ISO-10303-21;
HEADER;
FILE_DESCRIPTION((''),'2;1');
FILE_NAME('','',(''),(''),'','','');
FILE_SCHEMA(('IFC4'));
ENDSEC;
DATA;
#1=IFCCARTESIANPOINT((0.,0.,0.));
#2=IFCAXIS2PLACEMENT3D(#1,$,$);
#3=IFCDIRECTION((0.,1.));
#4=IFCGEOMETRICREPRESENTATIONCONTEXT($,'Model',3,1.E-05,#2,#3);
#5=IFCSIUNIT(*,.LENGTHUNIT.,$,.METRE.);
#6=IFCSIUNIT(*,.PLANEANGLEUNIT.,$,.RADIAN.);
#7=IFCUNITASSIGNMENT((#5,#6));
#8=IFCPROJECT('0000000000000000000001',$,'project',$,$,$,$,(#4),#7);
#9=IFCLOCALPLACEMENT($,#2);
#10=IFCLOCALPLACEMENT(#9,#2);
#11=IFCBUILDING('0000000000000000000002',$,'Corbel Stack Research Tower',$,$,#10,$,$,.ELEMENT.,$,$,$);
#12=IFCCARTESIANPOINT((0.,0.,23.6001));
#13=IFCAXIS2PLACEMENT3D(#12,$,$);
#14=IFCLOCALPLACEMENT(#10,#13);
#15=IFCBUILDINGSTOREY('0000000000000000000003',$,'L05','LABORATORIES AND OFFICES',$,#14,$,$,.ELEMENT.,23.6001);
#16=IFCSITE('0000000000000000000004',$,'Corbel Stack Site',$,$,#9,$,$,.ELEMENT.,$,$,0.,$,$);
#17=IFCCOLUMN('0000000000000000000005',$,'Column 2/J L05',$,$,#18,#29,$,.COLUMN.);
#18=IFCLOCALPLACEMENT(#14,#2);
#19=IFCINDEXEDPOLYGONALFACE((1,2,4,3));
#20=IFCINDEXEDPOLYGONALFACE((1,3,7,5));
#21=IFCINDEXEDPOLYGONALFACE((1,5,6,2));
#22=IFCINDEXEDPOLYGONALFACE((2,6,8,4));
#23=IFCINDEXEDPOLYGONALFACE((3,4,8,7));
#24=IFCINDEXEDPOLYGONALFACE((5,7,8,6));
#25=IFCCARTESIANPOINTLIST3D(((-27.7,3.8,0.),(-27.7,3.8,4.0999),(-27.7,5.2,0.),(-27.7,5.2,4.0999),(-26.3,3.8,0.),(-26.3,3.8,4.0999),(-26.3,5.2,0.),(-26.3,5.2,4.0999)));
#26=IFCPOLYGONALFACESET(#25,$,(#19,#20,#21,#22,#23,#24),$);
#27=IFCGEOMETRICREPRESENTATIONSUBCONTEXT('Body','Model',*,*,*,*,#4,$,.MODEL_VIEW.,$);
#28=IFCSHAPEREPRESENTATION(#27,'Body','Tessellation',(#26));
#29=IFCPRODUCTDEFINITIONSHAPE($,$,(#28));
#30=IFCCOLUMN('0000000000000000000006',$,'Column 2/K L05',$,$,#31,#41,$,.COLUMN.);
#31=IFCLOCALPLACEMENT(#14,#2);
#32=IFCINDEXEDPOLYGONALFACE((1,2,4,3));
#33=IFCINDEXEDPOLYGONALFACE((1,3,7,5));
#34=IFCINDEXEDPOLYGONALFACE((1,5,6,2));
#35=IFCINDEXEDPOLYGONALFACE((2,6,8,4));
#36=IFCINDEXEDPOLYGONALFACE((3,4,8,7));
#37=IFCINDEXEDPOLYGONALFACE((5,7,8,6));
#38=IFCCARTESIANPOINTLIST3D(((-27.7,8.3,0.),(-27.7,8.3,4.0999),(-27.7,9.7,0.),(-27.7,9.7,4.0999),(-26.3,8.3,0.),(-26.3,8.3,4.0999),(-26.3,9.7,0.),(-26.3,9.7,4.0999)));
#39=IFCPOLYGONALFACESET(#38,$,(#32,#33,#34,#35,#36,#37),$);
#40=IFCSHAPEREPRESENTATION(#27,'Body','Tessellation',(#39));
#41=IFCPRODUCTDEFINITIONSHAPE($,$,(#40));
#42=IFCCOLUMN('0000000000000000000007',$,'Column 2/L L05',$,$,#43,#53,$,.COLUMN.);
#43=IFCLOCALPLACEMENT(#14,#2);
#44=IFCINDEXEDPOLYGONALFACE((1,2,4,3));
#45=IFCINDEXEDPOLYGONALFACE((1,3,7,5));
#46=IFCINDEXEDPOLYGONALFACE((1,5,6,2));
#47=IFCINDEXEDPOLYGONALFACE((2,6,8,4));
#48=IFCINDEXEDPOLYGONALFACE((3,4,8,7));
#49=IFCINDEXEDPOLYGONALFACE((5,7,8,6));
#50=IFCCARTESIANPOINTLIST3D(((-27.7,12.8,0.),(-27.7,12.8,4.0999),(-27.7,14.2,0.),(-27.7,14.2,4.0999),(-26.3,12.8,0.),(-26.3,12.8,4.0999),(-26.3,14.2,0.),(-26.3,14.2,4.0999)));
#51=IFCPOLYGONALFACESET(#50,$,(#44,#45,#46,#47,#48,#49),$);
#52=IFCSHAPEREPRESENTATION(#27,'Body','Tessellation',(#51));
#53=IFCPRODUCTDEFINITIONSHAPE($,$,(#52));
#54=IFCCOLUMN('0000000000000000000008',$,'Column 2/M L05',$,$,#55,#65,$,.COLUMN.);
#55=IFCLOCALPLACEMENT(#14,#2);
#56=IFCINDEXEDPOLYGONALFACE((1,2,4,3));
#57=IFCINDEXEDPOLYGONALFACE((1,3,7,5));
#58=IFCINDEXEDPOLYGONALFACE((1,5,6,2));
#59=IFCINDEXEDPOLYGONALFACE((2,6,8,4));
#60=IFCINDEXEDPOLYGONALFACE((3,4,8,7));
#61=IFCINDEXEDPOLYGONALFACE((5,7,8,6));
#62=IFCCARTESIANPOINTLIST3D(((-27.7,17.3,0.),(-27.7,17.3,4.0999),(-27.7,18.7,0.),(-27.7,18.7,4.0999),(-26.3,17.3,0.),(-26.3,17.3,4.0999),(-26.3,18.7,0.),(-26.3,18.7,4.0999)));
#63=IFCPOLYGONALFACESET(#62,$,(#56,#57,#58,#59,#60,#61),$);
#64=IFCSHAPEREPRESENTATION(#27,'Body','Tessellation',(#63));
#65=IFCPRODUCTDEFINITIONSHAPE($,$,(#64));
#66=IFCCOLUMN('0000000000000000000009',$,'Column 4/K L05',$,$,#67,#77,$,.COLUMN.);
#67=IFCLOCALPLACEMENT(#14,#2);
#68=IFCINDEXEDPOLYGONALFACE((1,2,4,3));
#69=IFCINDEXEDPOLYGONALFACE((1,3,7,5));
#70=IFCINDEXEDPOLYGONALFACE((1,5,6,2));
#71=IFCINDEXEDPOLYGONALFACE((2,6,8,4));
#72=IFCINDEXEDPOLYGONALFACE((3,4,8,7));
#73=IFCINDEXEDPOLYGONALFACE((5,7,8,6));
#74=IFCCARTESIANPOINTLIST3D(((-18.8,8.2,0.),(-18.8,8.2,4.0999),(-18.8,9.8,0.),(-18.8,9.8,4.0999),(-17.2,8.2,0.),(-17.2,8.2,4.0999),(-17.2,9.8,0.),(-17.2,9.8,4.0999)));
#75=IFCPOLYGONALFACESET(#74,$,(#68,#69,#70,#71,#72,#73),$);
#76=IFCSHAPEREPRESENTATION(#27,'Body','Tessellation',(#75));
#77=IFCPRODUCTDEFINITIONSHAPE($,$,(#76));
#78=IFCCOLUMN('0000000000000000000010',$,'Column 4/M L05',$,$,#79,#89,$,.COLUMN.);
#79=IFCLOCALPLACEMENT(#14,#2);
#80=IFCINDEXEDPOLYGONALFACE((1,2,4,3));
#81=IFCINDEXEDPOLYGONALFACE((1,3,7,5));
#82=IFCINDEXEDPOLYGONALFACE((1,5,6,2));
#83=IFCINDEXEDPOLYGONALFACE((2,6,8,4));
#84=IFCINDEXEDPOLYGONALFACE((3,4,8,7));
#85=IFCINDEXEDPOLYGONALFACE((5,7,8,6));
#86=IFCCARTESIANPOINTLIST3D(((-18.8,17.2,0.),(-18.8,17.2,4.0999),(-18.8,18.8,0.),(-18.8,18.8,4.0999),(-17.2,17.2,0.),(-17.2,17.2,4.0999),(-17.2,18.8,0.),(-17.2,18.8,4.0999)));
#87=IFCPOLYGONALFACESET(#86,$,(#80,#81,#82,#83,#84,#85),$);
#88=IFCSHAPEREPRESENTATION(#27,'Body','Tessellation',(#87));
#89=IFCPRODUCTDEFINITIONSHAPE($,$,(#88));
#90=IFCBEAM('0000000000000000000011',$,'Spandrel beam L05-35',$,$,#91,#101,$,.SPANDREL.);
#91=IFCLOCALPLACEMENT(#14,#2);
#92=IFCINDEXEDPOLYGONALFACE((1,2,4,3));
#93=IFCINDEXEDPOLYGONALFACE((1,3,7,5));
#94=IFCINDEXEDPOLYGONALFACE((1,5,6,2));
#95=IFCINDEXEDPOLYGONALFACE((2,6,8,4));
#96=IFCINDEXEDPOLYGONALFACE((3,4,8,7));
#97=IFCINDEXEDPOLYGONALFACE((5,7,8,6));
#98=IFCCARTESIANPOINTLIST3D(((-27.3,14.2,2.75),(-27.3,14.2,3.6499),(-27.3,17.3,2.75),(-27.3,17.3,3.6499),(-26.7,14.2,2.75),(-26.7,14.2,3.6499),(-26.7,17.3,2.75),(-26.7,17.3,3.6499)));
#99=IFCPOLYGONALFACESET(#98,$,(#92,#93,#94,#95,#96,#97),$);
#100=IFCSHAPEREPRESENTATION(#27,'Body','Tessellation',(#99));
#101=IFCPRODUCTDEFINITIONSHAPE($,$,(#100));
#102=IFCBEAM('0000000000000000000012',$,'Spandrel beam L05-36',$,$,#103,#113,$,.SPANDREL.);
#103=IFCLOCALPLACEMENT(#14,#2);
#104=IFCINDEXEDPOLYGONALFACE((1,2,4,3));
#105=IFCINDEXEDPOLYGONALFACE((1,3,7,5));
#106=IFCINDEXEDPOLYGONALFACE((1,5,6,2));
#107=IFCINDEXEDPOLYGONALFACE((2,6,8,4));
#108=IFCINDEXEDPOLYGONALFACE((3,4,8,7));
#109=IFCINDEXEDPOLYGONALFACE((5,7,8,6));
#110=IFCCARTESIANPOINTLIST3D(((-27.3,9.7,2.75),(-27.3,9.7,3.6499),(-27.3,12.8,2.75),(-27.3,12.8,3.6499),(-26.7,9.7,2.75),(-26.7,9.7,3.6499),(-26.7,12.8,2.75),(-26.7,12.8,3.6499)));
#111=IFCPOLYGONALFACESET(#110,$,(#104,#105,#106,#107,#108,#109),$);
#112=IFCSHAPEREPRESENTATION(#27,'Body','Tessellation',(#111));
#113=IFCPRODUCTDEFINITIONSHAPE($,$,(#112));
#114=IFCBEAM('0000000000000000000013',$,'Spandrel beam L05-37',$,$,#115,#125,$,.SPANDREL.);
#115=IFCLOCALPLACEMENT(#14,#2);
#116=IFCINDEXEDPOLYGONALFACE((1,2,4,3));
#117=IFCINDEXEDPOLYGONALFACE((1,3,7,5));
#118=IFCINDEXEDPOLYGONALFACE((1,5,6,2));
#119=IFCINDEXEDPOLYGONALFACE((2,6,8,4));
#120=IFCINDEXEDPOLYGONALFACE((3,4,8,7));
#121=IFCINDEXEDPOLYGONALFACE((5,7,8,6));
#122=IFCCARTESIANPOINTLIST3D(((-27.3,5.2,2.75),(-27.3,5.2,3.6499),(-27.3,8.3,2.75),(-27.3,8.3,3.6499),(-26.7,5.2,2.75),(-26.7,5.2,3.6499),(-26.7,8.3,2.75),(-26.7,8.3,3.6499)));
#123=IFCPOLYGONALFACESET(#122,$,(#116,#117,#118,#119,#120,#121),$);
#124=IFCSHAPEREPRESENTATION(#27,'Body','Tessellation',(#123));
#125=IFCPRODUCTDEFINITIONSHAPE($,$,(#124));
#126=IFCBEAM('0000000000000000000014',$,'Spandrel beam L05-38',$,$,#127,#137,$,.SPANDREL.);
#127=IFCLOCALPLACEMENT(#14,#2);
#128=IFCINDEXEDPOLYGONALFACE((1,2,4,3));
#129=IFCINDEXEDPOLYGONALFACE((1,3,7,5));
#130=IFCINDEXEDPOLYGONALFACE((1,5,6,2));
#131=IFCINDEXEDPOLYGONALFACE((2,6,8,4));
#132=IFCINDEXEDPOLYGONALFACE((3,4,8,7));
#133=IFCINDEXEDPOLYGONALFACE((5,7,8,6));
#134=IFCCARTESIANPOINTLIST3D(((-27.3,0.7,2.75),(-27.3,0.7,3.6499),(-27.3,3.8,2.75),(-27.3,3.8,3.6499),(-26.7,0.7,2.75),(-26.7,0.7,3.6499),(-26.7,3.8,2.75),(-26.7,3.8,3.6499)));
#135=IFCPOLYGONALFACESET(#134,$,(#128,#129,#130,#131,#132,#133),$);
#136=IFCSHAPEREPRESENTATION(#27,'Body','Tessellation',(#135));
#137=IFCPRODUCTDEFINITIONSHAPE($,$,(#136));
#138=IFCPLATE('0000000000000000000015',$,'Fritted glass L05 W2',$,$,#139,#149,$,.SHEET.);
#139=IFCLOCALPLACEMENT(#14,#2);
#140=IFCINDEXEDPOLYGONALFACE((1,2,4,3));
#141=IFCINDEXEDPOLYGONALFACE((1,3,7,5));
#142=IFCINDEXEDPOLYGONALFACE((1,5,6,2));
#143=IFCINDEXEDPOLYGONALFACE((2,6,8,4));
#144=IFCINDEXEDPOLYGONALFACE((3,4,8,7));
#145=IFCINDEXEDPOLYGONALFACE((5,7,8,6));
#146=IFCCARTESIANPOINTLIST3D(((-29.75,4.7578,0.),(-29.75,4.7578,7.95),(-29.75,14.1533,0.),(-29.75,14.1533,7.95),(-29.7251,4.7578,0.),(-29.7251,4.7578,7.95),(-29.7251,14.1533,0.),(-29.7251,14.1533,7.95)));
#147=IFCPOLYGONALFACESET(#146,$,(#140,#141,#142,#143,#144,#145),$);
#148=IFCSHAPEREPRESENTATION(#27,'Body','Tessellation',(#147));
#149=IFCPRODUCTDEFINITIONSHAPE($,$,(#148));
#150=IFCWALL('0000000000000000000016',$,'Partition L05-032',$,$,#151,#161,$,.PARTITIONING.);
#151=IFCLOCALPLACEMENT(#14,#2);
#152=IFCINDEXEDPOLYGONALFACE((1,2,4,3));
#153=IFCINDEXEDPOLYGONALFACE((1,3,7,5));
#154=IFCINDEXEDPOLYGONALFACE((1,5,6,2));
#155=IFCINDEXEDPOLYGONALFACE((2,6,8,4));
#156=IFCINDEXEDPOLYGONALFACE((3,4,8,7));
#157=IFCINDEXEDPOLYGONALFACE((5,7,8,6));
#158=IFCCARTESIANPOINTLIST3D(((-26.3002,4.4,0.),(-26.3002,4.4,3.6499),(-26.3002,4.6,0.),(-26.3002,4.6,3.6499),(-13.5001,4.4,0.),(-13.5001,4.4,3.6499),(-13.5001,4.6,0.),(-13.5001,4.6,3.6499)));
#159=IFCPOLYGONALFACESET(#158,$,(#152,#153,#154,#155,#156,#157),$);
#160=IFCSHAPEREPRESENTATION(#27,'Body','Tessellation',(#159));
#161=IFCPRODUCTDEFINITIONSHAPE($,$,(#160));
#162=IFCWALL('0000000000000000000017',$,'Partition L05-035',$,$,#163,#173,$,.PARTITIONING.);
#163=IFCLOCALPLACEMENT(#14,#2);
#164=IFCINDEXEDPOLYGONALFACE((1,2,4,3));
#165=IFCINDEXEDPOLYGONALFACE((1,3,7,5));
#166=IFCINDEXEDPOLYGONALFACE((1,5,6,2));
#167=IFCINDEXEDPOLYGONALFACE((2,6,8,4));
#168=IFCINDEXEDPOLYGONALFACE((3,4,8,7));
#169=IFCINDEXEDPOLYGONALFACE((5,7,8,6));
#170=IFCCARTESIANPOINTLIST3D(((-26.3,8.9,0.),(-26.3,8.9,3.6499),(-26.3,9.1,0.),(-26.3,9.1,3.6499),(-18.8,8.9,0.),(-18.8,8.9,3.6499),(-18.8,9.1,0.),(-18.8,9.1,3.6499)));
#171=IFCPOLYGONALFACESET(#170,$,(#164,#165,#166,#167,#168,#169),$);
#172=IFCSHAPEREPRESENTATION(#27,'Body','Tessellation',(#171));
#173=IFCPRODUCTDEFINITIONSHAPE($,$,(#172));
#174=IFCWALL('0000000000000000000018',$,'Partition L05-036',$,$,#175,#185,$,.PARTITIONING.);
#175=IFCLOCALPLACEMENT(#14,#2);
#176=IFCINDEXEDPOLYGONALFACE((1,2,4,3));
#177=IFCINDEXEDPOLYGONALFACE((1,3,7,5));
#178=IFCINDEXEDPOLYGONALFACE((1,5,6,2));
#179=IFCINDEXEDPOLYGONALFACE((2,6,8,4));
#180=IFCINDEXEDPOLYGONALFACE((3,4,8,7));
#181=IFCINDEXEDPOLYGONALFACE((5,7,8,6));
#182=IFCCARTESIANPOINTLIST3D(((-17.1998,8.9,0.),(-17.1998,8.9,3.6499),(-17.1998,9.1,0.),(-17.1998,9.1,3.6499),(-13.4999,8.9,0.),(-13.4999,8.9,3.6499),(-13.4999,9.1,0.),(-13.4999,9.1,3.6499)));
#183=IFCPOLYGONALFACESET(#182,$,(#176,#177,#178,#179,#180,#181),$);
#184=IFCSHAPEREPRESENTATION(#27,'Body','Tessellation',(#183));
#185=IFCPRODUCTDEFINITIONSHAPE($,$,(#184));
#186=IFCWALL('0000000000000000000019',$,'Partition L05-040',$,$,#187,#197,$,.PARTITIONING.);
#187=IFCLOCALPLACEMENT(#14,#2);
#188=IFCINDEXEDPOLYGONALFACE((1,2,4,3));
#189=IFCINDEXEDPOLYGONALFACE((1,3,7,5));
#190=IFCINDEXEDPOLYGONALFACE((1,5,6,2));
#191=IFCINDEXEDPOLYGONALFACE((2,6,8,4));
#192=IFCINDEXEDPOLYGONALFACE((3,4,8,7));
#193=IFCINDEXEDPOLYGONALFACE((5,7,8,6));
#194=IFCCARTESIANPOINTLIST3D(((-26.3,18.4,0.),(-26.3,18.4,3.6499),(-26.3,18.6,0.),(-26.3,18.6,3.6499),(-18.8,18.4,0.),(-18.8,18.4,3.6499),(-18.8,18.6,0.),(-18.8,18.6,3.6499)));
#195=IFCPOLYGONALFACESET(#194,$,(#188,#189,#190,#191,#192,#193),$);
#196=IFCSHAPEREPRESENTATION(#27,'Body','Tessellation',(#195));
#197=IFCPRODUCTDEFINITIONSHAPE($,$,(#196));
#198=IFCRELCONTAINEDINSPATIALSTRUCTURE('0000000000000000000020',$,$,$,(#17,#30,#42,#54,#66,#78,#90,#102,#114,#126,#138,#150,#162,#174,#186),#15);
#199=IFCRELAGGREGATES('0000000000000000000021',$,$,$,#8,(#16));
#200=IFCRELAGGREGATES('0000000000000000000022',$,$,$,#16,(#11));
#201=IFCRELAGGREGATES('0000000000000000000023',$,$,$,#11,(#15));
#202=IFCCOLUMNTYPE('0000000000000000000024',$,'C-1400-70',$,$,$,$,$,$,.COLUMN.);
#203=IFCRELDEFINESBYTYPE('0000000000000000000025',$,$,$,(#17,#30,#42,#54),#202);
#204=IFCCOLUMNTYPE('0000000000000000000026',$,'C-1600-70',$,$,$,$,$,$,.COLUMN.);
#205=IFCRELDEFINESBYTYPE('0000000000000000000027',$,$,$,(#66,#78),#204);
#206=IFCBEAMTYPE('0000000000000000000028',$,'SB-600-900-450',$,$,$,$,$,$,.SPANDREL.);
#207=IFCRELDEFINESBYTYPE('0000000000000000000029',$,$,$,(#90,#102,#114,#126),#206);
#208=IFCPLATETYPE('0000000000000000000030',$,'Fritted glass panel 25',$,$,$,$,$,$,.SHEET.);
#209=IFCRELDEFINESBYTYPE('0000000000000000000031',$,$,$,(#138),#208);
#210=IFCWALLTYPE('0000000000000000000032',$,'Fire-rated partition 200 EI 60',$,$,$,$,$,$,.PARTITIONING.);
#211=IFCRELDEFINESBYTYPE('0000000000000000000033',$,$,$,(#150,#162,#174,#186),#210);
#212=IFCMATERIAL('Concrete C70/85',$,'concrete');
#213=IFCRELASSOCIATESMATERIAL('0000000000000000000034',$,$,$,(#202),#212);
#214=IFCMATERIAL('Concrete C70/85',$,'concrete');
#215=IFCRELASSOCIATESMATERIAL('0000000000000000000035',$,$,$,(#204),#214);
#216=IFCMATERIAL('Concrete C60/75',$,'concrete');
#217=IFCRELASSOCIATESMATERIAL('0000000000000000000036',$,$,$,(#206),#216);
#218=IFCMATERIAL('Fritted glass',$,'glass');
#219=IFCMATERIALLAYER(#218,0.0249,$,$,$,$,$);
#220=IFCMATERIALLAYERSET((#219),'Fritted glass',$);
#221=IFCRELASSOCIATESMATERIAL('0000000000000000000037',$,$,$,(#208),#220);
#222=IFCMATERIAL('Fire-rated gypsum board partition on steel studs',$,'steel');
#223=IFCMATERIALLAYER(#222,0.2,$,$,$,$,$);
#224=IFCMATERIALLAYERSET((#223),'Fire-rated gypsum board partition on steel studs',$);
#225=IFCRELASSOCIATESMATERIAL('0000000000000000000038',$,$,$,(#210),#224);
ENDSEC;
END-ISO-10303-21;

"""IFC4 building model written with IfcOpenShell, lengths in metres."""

from ifc_helpers import new_model, si_unit, direction, frame, frame_2d, origin, origin_2d, place, context, subcontext, project, spatial, rectangle, extrude, material, layer, layer_set, material_profile, profile_set, type_object, element, save


model = new_model("IFC4")

# Units and contexts
model_context = context("Model", 3, precision=1e-05, world=origin(), true_north=direction((0.0, 1.0)))
body_context = subcontext(model_context, "Body", "Model", "MODEL_VIEW")
ifc_project = project(units=[si_unit("LENGTHUNIT", "METRE"), si_unit("PLANEANGLEUNIT", "RADIAN")], contexts=[model_context])

# Site, building, storey
site_placement = place(None, origin())
site = spatial("IfcSite", under=ifc_project, at=site_placement, Name="Corbel Stack Site", CompositionType="ELEMENT", RefElevation=0.0)
building_placement = place(site_placement, origin())
building = spatial("IfcBuilding", under=site, at=building_placement, Name="Corbel Stack Research Tower", CompositionType="ELEMENT")
storey_placement = place(building_placement, frame((0.0, 0.0, 23.6001)))
storey = spatial("IfcBuildingStorey", under=building, at=storey_placement, Name="L05", Description="LABORATORIES AND OFFICES", CompositionType="ELEMENT", Elevation=23.6001)

# Columns
ifc_material_1 = material(Name="Concrete C70/85", Category="concrete")
ifc_material_profile_1 = material_profile(ifc_material_1, rectangle(XDim=1.3999, YDim=1.3999, at=origin_2d()), Name="RC 1400 x 1400")
ifc_profile_set_1 = profile_set([ifc_material_profile_1], Name="Concrete C70/85")
column_type_1 = type_object("IfcColumnType", Name="C-1400-70", PredefinedType="COLUMN", material=ifc_profile_set_1)
for number, where, z_axis, x_axis, name in (
    (1, (-27.0, 4.5, 0.0), (0.0, 0.0, 1.0), (1.0, 0.0, 0.0), "Column 2/J L05"),
    (2, (-27.0, 9.0, 0.0), (0.0, 0.0, 1.0), (1.0, 0.0, 0.0), "Column 2/K L05"),
    (3, (-27.0, 13.5, 0.0), (0.0, 0.0, 1.0), (1.0, 0.0, 0.0), "Column 2/L L05"),
    (4, (-27.0, 18.0, 0.0), (0.0, 0.0, 1.0), (1.0, 0.0, 0.0), "Column 2/M L05"),
):
    element("IfcColumn", number, at=place(storey_placement, frame(where, z_axis=z_axis, x_axis=x_axis)), inside=storey, type_object=column_type_1, Name=name, PredefinedType="COLUMN", context=body_context, shape_type="SweptSolid", body=[
        extrude(rectangle(XDim=1.3999, YDim=1.3999, at=origin_2d()), origin(), (0.0, 0.0, 1.0), 4.0999),
    ])
ifc_material_2 = material(Name="Concrete C70/85", Category="concrete")
ifc_material_profile_2 = material_profile(ifc_material_2, rectangle(XDim=1.6001, YDim=1.6001, at=origin_2d()), Name="RC 1600 x 1600")
ifc_profile_set_2 = profile_set([ifc_material_profile_2], Name="Concrete C70/85")
column_type_2 = type_object("IfcColumnType", Name="C-1600-70", PredefinedType="COLUMN", material=ifc_profile_set_2)
for number, where, z_axis, x_axis, name in (
    (5, (-18.0, 9.0, 0.0), (0.0, 0.0, 1.0), (1.0, 0.0, 0.0), "Column 4/K L05"),
    (6, (-18.0, 18.0, 0.0), (0.0, 0.0, 1.0), (1.0, 0.0, 0.0), "Column 4/M L05"),
):
    element("IfcColumn", number, at=place(storey_placement, frame(where, z_axis=z_axis, x_axis=x_axis)), inside=storey, type_object=column_type_2, Name=name, PredefinedType="COLUMN", context=body_context, shape_type="SweptSolid", body=[
        extrude(rectangle(XDim=1.6001, YDim=1.6001, at=origin_2d()), origin(), (0.0, 0.0, 1.0), 4.0999),
    ])

# Beams
ifc_material_3 = material(Name="Concrete C60/75", Category="concrete")
ifc_material_profile_3 = material_profile(ifc_material_3, rectangle(XDim=0.6001, YDim=0.8999, at=origin_2d()), Name="RC 600 x 900")
ifc_profile_set_3 = profile_set([ifc_material_profile_3], Name="Concrete C60/75")
beam_type = type_object("IfcBeamType", Name="SB-600-900-450", PredefinedType="SPANDREL", material=ifc_profile_set_3)
for number, where, z_axis, x_axis, name in (
    (7, (-27.0, 17.3, 3.2), (0.0, -1.0, 0.0), (1.0, 0.0, 0.0), "Spandrel beam L05-35"),
    (8, (-27.0, 12.8, 3.2), (0.0, -1.0, 0.0), (1.0, 0.0, 0.0), "Spandrel beam L05-36"),
    (9, (-27.0, 8.3, 3.2), (0.0, -1.0, 0.0), (1.0, 0.0, 0.0), "Spandrel beam L05-37"),
    (10, (-27.0, 3.8, 3.2), (0.0, -1.0, 0.0), (1.0, 0.0, 0.0), "Spandrel beam L05-38"),
):
    element("IfcBeam", number, at=place(storey_placement, frame(where, z_axis=z_axis, x_axis=x_axis)), inside=storey, type_object=beam_type, Name=name, PredefinedType="SPANDREL", context=body_context, shape_type="SweptSolid", body=[
        extrude(rectangle(XDim=0.6001, YDim=0.8999, at=origin_2d()), origin(), (0.0, 0.0, 1.0), 3.1001),
    ])

# Plate
ifc_material_4 = material(Name="Fritted glass", Category="glass")
ifc_layer_1 = layer(ifc_material_4, 0.0249)
ifc_layer_set_1 = layer_set([ifc_layer_1], Name="Fritted glass")
plate_type = type_object("IfcPlateType", Name="Fritted glass panel 25", PredefinedType="SHEET", material=ifc_layer_set_1)
plate_placement = place(storey_placement, frame((-29.7375, 9.4556, 0.0), z_axis=(0.0, 0.0, 1.0), x_axis=(0.0, -1.0, 0.0)))
element("IfcPlate", 11, at=plate_placement, inside=storey, type_object=plate_type, Name="Fritted glass L05 W2", PredefinedType="SHEET", context=body_context, shape_type="SweptSolid", body=[
    extrude(rectangle(XDim=9.3955, YDim=0.0249, at=origin_2d()), origin(), (0.0, 0.0, 1.0), 7.95),
])

# Walls
ifc_material_5 = material(Name="Fire-rated gypsum board partition on steel studs", Category="steel")
ifc_layer_2 = layer(ifc_material_5, 0.2)
ifc_layer_set_2 = layer_set([ifc_layer_2], Name="Fire-rated gypsum board partition on steel studs")
wall_type_1 = type_object("IfcWallType", Name="Fire-rated partition 200 EI 60", PredefinedType="PARTITIONING", material=ifc_layer_set_2)
wall_1_placement = place(storey_placement, frame((-26.3, 4.5, 0.0), z_axis=(0.0, 0.0, 1.0), x_axis=(1.0, 0.0, 0.0)))
element("IfcWall", 12, at=wall_1_placement, inside=storey, type_object=wall_type_1, Name="Partition L05-032", PredefinedType="PARTITIONING", context=body_context, shape_type="SweptSolid", body=[
    extrude(rectangle(XDim=12.8, YDim=0.2, at=frame_2d((6.3999, 0.0))), origin(), (0.0, 0.0, 1.0), 3.6499),
])
wall_2_placement = place(storey_placement, frame((-26.3, 9.0, 0.0), z_axis=(0.0, 0.0, 1.0), x_axis=(1.0, 0.0, 0.0)))
element("IfcWall", 13, at=wall_2_placement, inside=storey, type_object=wall_type_1, Name="Partition L05-035", PredefinedType="PARTITIONING", context=body_context, shape_type="SweptSolid", body=[
    extrude(rectangle(XDim=7.5, YDim=0.2, at=frame_2d((3.75, 0.0))), origin(), (0.0, 0.0, 1.0), 3.6499),
])
wall_3_placement = place(storey_placement, frame((-17.2, 9.0, 0.0), z_axis=(0.0, 0.0, 1.0), x_axis=(1.0, 0.0, 0.0)))
element("IfcWall", 14, at=wall_3_placement, inside=storey, type_object=wall_type_1, Name="Partition L05-036", PredefinedType="PARTITIONING", context=body_context, shape_type="SweptSolid", body=[
    extrude(rectangle(XDim=3.7, YDim=0.2, at=frame_2d((1.8501, 0.0))), origin(), (0.0, 0.0, 1.0), 3.6499),
])
wall_4_placement = place(storey_placement, frame((-26.3, 18.5, 0.0), z_axis=(0.0, 0.0, 1.0), x_axis=(1.0, 0.0, 0.0)))
element("IfcWall", 15, at=wall_4_placement, inside=storey, type_object=wall_type_1, Name="Partition L05-040", PredefinedType="PARTITIONING", context=body_context, shape_type="SweptSolid", body=[
    extrude(rectangle(XDim=7.5, YDim=0.2, at=frame_2d((3.75, 0.0))), origin(), (0.0, 0.0, 1.0), 3.6499),
])

save(model, "model.ifc")
